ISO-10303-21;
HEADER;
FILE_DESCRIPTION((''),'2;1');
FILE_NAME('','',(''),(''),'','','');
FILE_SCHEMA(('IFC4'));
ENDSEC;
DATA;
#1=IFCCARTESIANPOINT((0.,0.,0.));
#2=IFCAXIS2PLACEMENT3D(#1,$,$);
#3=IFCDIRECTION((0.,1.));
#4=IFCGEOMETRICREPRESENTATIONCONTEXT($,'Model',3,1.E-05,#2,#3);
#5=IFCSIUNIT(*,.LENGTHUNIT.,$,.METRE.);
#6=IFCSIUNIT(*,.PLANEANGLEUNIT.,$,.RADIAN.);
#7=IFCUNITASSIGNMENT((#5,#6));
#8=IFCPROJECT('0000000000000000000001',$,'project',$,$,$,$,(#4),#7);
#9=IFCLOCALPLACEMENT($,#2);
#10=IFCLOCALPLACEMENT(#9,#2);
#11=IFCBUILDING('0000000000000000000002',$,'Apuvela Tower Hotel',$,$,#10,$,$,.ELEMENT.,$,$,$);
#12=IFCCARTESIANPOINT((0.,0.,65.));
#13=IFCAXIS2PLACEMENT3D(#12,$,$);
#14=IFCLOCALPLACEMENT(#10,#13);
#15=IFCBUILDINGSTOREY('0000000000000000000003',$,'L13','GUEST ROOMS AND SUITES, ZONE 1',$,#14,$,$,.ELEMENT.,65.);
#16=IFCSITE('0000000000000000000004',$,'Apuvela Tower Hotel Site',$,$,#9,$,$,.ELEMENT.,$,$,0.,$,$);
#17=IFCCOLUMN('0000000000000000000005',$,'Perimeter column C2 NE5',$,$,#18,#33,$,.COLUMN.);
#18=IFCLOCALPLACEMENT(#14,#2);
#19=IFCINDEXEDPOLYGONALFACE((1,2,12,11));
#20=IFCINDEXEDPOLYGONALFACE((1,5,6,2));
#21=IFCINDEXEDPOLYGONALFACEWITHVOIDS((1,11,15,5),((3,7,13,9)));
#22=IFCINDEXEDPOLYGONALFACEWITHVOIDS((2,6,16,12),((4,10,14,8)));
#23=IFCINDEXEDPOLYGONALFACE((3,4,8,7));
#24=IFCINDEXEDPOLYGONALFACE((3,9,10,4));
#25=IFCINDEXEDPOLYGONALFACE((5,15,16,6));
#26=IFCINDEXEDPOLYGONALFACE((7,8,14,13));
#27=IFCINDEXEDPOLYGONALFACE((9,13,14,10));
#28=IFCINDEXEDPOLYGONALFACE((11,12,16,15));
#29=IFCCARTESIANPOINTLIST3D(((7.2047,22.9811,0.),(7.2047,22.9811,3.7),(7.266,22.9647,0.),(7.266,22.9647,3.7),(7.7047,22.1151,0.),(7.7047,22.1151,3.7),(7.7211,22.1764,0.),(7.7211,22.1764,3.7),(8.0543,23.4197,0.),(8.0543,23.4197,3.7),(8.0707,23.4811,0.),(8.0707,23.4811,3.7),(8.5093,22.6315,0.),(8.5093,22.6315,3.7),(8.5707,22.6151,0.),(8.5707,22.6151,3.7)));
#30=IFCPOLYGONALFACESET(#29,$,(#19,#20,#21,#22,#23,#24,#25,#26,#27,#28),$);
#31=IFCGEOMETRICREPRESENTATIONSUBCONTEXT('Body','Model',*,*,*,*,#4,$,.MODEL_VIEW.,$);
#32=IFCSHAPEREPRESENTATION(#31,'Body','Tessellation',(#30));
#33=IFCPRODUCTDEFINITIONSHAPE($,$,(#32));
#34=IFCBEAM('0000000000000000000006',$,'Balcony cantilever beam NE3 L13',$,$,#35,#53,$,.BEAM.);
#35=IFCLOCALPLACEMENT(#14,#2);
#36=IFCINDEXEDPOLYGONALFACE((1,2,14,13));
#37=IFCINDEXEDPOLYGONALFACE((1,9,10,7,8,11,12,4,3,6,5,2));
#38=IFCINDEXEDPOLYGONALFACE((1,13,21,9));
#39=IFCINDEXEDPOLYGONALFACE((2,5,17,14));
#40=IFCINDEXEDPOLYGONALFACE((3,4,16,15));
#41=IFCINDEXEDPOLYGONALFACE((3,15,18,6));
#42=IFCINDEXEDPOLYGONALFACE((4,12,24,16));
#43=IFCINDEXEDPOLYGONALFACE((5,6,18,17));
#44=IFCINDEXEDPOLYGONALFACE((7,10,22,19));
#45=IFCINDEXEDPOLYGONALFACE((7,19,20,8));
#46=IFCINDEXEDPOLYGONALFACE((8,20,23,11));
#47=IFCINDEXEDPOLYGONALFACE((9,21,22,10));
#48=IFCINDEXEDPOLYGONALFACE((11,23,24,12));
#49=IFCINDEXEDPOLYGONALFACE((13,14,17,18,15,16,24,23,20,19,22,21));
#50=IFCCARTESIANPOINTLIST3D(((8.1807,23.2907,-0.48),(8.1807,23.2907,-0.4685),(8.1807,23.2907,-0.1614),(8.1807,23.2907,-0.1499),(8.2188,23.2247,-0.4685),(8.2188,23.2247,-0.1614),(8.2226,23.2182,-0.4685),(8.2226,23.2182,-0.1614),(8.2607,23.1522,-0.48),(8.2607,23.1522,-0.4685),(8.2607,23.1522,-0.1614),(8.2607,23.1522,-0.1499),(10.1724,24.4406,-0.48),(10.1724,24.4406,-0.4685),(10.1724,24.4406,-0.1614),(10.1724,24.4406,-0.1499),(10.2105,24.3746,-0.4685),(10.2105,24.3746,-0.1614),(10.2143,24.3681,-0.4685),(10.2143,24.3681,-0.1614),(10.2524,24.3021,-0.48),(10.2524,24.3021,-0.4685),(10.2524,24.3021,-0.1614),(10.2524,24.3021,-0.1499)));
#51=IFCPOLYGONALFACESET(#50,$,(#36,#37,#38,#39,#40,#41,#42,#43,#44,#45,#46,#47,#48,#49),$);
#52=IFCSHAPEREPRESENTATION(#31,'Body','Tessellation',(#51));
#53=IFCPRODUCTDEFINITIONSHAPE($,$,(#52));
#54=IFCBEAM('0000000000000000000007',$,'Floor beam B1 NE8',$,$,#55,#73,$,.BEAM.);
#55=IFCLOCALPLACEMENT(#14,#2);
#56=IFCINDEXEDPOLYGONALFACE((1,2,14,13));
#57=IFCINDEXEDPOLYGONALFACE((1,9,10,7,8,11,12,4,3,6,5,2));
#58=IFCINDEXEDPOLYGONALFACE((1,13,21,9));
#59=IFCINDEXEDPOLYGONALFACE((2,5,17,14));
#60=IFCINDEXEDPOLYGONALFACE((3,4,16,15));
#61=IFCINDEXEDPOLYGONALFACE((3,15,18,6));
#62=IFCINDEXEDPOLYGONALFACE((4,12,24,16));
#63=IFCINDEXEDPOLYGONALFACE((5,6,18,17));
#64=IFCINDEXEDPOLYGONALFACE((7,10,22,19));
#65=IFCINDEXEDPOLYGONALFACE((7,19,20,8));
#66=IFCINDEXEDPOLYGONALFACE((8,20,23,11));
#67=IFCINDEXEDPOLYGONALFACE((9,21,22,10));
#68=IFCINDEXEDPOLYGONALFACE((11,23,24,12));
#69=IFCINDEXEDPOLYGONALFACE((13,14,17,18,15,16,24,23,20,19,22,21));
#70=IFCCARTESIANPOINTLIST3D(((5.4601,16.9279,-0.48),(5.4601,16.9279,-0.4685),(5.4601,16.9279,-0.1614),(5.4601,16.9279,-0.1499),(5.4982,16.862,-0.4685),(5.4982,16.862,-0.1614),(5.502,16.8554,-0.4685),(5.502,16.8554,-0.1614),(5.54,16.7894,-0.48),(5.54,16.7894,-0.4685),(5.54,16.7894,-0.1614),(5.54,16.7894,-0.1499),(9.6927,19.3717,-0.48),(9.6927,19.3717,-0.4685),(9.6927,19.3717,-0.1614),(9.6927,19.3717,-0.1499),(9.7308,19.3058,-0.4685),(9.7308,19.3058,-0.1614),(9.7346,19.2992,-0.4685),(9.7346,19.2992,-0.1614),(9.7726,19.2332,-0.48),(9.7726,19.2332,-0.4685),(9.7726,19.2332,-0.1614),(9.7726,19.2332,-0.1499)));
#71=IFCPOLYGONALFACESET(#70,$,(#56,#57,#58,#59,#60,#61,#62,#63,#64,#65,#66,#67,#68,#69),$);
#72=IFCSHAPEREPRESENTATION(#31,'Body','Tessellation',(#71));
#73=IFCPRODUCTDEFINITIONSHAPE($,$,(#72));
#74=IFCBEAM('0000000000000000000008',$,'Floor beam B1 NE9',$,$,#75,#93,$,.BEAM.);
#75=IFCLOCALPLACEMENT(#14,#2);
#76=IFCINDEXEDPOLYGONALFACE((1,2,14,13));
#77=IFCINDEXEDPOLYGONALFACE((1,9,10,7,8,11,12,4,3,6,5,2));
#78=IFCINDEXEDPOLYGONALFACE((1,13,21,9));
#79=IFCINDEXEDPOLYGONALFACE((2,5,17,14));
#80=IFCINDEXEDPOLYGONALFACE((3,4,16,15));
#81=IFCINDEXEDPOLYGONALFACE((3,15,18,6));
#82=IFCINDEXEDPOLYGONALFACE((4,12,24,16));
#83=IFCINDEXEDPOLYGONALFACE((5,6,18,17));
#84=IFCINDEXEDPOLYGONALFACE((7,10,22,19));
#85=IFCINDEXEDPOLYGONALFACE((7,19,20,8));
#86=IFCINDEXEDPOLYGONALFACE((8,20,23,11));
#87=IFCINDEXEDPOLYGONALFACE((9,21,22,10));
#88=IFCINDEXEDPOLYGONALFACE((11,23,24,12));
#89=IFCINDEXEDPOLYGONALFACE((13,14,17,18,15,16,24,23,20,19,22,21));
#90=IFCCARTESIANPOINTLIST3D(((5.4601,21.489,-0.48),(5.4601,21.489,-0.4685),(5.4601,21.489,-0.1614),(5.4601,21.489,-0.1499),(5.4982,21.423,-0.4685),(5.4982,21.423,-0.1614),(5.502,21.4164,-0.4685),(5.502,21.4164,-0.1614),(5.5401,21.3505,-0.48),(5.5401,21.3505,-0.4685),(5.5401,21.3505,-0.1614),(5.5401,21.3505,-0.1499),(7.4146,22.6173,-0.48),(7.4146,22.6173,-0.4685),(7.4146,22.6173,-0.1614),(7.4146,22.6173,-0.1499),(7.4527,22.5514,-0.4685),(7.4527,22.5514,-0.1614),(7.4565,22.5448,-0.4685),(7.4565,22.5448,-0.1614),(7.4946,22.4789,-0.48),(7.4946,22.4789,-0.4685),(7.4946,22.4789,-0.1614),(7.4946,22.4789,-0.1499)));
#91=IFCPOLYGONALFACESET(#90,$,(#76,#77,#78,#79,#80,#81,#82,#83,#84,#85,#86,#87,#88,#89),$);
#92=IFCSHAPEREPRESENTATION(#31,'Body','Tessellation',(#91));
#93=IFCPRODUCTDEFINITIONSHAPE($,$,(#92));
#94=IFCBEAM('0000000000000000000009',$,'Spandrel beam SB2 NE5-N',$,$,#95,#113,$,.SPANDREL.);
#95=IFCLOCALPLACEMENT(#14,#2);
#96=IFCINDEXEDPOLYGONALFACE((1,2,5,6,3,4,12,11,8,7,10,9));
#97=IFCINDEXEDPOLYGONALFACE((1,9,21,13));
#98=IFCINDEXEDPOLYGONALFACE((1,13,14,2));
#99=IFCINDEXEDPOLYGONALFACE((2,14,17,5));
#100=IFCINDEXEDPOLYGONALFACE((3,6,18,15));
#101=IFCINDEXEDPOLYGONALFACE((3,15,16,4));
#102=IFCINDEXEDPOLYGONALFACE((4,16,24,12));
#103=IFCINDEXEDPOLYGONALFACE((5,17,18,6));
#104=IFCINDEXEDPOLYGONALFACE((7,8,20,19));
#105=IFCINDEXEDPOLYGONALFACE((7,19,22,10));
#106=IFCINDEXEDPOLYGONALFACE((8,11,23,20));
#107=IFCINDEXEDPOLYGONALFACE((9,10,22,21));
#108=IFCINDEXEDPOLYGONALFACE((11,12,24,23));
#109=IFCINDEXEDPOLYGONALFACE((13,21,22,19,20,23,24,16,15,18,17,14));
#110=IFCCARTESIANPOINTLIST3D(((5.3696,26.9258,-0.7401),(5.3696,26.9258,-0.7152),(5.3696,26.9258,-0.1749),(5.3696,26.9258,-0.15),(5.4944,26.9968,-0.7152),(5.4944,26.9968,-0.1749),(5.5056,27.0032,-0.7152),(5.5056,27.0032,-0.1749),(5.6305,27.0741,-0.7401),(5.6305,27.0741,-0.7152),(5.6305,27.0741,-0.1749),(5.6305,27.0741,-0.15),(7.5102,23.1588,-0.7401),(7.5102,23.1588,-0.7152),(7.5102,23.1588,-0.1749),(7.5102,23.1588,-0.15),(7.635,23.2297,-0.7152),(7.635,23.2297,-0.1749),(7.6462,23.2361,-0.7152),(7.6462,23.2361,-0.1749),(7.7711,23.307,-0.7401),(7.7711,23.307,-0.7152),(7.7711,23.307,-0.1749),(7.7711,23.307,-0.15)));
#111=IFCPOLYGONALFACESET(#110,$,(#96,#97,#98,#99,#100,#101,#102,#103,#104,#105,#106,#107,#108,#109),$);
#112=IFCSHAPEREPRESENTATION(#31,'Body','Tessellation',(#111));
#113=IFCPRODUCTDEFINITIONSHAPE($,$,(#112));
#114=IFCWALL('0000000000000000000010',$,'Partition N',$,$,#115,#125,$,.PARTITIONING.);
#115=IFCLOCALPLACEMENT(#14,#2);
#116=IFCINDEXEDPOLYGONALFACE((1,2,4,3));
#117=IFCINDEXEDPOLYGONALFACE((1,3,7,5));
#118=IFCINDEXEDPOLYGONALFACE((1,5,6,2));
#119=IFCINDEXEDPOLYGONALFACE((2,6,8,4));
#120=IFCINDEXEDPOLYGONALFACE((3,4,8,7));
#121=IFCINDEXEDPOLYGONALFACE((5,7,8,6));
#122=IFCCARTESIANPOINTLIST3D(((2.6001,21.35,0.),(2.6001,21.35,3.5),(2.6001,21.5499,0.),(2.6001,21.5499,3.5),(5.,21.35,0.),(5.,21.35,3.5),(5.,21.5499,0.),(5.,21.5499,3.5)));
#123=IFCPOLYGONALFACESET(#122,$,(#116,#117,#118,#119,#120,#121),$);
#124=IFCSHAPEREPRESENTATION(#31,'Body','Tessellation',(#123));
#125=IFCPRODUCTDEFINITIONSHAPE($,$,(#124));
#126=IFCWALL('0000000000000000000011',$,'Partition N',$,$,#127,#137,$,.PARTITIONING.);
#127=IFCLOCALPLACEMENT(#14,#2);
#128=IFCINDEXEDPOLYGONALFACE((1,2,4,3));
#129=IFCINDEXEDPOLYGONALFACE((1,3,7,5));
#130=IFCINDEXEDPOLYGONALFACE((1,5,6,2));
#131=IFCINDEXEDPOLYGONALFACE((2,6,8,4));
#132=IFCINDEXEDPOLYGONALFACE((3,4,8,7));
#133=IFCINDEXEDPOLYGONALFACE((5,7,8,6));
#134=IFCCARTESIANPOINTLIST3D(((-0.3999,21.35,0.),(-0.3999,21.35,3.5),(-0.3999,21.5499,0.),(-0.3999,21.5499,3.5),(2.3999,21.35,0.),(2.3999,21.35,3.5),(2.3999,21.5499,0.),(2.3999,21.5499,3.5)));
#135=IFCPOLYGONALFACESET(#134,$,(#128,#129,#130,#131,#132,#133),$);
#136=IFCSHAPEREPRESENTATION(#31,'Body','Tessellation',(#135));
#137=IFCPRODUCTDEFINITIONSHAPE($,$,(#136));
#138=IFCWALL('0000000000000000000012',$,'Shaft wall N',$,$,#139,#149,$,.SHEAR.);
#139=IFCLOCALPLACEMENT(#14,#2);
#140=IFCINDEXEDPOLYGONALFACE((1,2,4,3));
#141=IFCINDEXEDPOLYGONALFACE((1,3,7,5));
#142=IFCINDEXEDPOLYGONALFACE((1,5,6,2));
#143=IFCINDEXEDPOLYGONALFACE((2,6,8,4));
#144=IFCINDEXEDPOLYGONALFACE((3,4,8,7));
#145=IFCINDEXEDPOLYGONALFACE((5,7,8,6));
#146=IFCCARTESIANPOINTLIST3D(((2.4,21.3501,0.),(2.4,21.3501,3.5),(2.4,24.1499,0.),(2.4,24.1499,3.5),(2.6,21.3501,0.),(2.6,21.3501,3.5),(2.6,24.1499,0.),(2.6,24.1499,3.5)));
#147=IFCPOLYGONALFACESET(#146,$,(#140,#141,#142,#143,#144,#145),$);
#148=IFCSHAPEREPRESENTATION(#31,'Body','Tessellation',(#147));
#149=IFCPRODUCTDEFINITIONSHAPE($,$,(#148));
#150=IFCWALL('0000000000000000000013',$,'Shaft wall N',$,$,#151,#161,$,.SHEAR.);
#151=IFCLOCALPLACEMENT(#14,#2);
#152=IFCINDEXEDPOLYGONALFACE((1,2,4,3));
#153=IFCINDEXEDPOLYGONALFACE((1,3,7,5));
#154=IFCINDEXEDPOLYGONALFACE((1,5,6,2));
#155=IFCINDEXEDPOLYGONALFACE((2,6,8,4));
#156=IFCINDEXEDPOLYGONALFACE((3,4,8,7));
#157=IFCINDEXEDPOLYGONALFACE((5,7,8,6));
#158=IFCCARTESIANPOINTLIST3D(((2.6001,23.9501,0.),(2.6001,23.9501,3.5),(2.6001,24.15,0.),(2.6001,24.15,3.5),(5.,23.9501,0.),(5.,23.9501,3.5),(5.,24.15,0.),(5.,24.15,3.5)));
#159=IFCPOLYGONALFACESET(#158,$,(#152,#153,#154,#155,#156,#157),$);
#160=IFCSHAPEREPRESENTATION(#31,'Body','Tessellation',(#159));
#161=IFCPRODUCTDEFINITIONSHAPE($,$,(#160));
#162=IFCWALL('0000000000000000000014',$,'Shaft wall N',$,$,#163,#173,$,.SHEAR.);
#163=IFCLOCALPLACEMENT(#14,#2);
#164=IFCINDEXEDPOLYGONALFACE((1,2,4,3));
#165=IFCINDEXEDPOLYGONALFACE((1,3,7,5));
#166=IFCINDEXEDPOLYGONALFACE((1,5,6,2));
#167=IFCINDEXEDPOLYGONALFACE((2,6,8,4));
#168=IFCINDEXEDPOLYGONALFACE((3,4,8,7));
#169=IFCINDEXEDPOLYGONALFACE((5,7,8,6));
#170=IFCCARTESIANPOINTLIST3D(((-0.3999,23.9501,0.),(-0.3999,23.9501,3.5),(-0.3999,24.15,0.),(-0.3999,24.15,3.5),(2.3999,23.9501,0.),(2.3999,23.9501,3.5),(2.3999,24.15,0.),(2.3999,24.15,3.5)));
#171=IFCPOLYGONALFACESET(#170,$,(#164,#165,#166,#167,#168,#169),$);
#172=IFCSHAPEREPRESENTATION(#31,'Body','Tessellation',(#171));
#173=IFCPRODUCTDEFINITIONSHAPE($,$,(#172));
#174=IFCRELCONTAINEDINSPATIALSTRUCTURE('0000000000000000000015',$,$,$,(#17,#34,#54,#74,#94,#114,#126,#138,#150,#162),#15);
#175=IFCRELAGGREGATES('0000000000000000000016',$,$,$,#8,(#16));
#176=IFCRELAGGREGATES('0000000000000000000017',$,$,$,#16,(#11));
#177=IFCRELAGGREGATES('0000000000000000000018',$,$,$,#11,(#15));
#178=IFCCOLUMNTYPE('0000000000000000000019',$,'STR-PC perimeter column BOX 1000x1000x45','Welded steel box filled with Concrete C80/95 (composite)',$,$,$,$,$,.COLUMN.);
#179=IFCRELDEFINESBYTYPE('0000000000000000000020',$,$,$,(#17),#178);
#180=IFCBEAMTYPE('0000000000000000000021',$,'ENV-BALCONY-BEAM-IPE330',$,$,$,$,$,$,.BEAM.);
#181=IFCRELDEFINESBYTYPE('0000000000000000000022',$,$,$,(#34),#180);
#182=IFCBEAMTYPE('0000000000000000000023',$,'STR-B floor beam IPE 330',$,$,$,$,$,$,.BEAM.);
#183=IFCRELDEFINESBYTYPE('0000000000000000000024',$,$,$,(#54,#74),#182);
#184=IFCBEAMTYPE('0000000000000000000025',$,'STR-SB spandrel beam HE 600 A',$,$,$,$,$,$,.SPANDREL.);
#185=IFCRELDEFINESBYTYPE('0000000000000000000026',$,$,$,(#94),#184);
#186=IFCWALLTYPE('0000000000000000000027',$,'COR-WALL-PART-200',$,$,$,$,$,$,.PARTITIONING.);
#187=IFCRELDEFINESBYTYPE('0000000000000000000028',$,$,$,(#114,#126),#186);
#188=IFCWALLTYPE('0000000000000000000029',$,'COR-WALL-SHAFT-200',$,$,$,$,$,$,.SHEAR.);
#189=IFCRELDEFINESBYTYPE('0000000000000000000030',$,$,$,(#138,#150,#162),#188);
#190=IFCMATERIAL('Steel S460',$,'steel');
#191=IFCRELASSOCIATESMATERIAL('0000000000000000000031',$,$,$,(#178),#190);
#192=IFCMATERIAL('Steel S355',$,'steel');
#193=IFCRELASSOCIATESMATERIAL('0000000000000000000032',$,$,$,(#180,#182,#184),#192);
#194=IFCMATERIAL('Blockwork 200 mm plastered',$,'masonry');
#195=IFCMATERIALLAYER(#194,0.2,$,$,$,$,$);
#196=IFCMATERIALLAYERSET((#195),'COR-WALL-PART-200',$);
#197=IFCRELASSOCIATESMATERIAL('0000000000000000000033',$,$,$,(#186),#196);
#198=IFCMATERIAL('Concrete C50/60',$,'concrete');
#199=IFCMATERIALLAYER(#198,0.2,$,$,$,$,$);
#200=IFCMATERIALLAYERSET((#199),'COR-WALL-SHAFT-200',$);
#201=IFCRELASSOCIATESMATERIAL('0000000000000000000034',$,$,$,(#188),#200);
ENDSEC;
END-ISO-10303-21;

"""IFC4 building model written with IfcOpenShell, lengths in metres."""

from ifc_helpers import new_model, si_unit, direction, frame, frame_2d, origin, origin_2d, place, context, subcontext, project, spatial, rectangle, hollow_rectangle, i_section, extrude, material, layer, layer_set, material_profile, profile_set, type_object, element, save


model = new_model("IFC4")

# Units and contexts
model_context = context("Model", 3, precision=1e-05, world=origin(), true_north=direction((0.0, 1.0)))
body_context = subcontext(model_context, "Body", "Model", "MODEL_VIEW")
ifc_project = project(units=[si_unit("LENGTHUNIT", "METRE"), si_unit("PLANEANGLEUNIT", "RADIAN")], contexts=[model_context])

# Site, building, storey
site_placement = place(None, origin())
site = spatial("IfcSite", under=ifc_project, at=site_placement, Name="Apuvela Tower Hotel Site", CompositionType="ELEMENT", RefElevation=0.0)
building_placement = place(site_placement, origin())
building = spatial("IfcBuilding", under=site, at=building_placement, Name="Apuvela Tower Hotel", CompositionType="ELEMENT")
storey_placement = place(building_placement, frame((0.0, 0.0, 65.0)))
storey = spatial("IfcBuildingStorey", under=building, at=storey_placement, Name="L13", Description="GUEST ROOMS AND SUITES, ZONE 1", CompositionType="ELEMENT", Elevation=65.0)

# Column
ifc_material_1 = material(Name="Steel S460", Category="steel")
ifc_material_profile_1 = material_profile(ifc_material_1, hollow_rectangle(XDim=1.0, YDim=1.0, WallThickness=0.0449, at=origin_2d()), Name="BOX 1000x1000x45")
ifc_material_2 = material(Name="Concrete C80/95", Category="concrete")
ifc_material_profile_2 = material_profile(ifc_material_2, rectangle(XDim=0.9099, YDim=0.9099, at=origin_2d()), Name="Concrete C80/95 infill")
ifc_profile_set_1 = profile_set([ifc_material_profile_1, ifc_material_profile_2], Name="Steel S460")
column_type = type_object("IfcColumnType", Name="STR-PC perimeter column BOX 1000x1000x45", Description="Welded steel box filled with Concrete C80/95 (composite)", PredefinedType="COLUMN", material=ifc_profile_set_1)
column_placement = place(storey_placement, frame((7.8877, 22.7981, 0.0), z_axis=(0.0, 0.0, 1.0), x_axis=(-0.5, 0.866025, 0.0)))
element("IfcColumn", 1, at=column_placement, inside=storey, type_object=column_type, Name="Perimeter column C2 NE5", PredefinedType="COLUMN", context=body_context, shape_type="SweptSolid", body=[
    extrude(hollow_rectangle(XDim=1.0, YDim=1.0, WallThickness=0.0449, at=origin_2d()), origin(), (0.0, 0.0, 1.0), 3.7),
])

# Beams
ifc_material_3 = material(Name="Steel S355", Category="steel")
ifc_material_profile_3 = material_profile(ifc_material_3, i_section(OverallWidth=0.1599, OverallDepth=0.3301, WebThickness=0.0076, FlangeThickness=0.0115, at=origin_2d()), Name="IPE 330")
ifc_profile_set_2 = profile_set([ifc_material_profile_3], Name="Steel S355")
beam_type_1 = type_object("IfcBeamType", Name="ENV-BALCONY-BEAM-IPE330", PredefinedType="BEAM", material=ifc_profile_set_2)
beam_1_placement = place(storey_placement, frame((8.2207, 23.2214, -0.3149), z_axis=(0.866026, 0.499998, 0.0), x_axis=(-0.499998, 0.866026, 0.0)))
element("IfcBeam", 2, at=beam_1_placement, inside=storey, type_object=beam_type_1, Name="Balcony cantilever beam NE3 L13", PredefinedType="BEAM", context=body_context, shape_type="SweptSolid", body=[
    extrude(i_section(OverallWidth=0.1599, OverallDepth=0.3301, WebThickness=0.0076, FlangeThickness=0.0115, at=origin_2d()), origin(), (0.0, 0.0, 1.0), 2.2998),
])
ifc_material_profile_4 = material_profile(ifc_material_3, i_section(OverallWidth=0.1599, OverallDepth=0.3301, WebThickness=0.0076, FlangeThickness=0.0115, at=origin_2d()), Name="IPE 330")
ifc_profile_set_3 = profile_set([ifc_material_profile_4], Name="Steel S355")
beam_type_2 = type_object("IfcBeamType", Name="STR-B floor beam IPE 330", PredefinedType="BEAM", material=ifc_profile_set_3)
beam_2_placement = place(storey_placement, frame((9.7327, 19.3025, -0.3149), z_axis=(-0.866015, -0.500018, 0.0), x_axis=(0.500018, -0.866015, 0.0)))
element("IfcBeam", 3, at=beam_2_placement, inside=storey, type_object=beam_type_2, Name="Floor beam B1 NE8", PredefinedType="BEAM", context=body_context, shape_type="SweptSolid", body=[
    extrude(i_section(OverallWidth=0.1599, OverallDepth=0.3301, WebThickness=0.0076, FlangeThickness=0.0115, at=origin_2d()), origin(), (0.0, 0.0, 1.0), 4.8875),
])
beam_3_placement = place(storey_placement, frame((7.4546, 22.5481, -0.3149), z_axis=(-0.866038, -0.499978, 0.0), x_axis=(0.499978, -0.866038, 0.0)))
element("IfcBeam", 4, at=beam_3_placement, inside=storey, type_object=beam_type_2, Name="Floor beam B1 NE9", PredefinedType="BEAM", context=body_context, shape_type="SweptSolid", body=[
    extrude(i_section(OverallWidth=0.1599, OverallDepth=0.3301, WebThickness=0.0076, FlangeThickness=0.0115, at=origin_2d()), origin(), (0.0, 0.0, 1.0), 2.2568),
])
ifc_material_profile_5 = material_profile(ifc_material_3, i_section(OverallWidth=0.3, OverallDepth=0.5901, WebThickness=0.0129, FlangeThickness=0.0249, at=origin_2d()), Name="HE 600 A")
ifc_profile_set_4 = profile_set([ifc_material_profile_5], Name="Steel S355")
beam_type_3 = type_object("IfcBeamType", Name="STR-SB spandrel beam HE 600 A", PredefinedType="SPANDREL", material=ifc_profile_set_4)
beam_4_placement = place(storey_placement, frame((7.6406, 23.2329, -0.4451), z_axis=(-0.49405, 0.869433, 0.0), x_axis=(-0.869433, -0.49405, 0.0)))
element("IfcBeam", 5, at=beam_4_placement, inside=storey, type_object=beam_type_3, Name="Spandrel beam SB2 NE5-N", PredefinedType="SPANDREL", context=body_context, shape_type="SweptSolid", body=[
    extrude(i_section(OverallWidth=0.3, OverallDepth=0.5901, WebThickness=0.0129, FlangeThickness=0.0249, at=origin_2d()), origin(), (0.0, 0.0, 1.0), 4.3328),
])

# Walls
ifc_material_4 = material(Name="Blockwork 200 mm plastered", Category="masonry")
ifc_layer_1 = layer(ifc_material_4, 0.2)
ifc_layer_set_1 = layer_set([ifc_layer_1], Name="COR-WALL-PART-200")
wall_type_1 = type_object("IfcWallType", Name="COR-WALL-PART-200", PredefinedType="PARTITIONING", material=ifc_layer_set_1)
wall_1_placement = place(storey_placement, frame((5.0, 21.45, 0.0), z_axis=(0.0, 0.0, 1.0), x_axis=(-1.0, 0.0, 0.0)))
element("IfcWall", 6, at=wall_1_placement, inside=storey, type_object=wall_type_1, Name="Partition N", PredefinedType="PARTITIONING", context=body_context, shape_type="SweptSolid", body=[
    extrude(rectangle(XDim=2.3999, YDim=0.2, at=frame_2d((1.2, 0.0))), origin(), (0.0, 0.0, 1.0), 3.5),
])
wall_2_placement = place(storey_placement, frame((2.3999, 21.45, 0.0), z_axis=(0.0, 0.0, 1.0), x_axis=(-1.0, 0.0, 0.0)))
element("IfcWall", 7, at=wall_2_placement, inside=storey, type_object=wall_type_1, Name="Partition N", PredefinedType="PARTITIONING", context=body_context, shape_type="SweptSolid", body=[
    extrude(rectangle(XDim=2.7998, YDim=0.2, at=frame_2d((1.3999, 0.0))), origin(), (0.0, 0.0, 1.0), 3.5),
])
ifc_material_5 = material(Name="Concrete C50/60", Category="concrete")
ifc_layer_2 = layer(ifc_material_5, 0.2)
ifc_layer_set_2 = layer_set([ifc_layer_2], Name="COR-WALL-SHAFT-200")
wall_type_2 = type_object("IfcWallType", Name="COR-WALL-SHAFT-200", PredefinedType="SHEAR", material=ifc_layer_set_2)
wall_3_placement = place(storey_placement, frame((2.5, 21.3501, 0.0), z_axis=(0.0, 0.0, 1.0), x_axis=(0.0, 1.0, 0.0)))
element("IfcWall", 8, at=wall_3_placement, inside=storey, type_object=wall_type_2, Name="Shaft wall N", PredefinedType="SHEAR", context=body_context, shape_type="SweptSolid", body=[
    extrude(rectangle(XDim=2.7998, YDim=0.2, at=frame_2d((1.3999, 0.0))), origin(), (0.0, 0.0, 1.0), 3.5),
])
wall_4_placement = place(storey_placement, frame((5.0, 24.05, 0.0), z_axis=(0.0, 0.0, 1.0), x_axis=(-1.0, 0.0, 0.0)))
element("IfcWall", 9, at=wall_4_placement, inside=storey, type_object=wall_type_2, Name="Shaft wall N", PredefinedType="SHEAR", context=body_context, shape_type="SweptSolid", body=[
    extrude(rectangle(XDim=2.3999, YDim=0.2, at=frame_2d((1.2, 0.0))), origin(), (0.0, 0.0, 1.0), 3.5),
])
wall_5_placement = place(storey_placement, frame((2.3999, 24.05, 0.0), z_axis=(0.0, 0.0, 1.0), x_axis=(-1.0, 0.0, 0.0)))
element("IfcWall", 10, at=wall_5_placement, inside=storey, type_object=wall_type_2, Name="Shaft wall N", PredefinedType="SHEAR", context=body_context, shape_type="SweptSolid", body=[
    extrude(rectangle(XDim=2.7998, YDim=0.2, at=frame_2d((1.3999, 0.0))), origin(), (0.0, 0.0, 1.0), 3.5),
])

save(model, "model.ifc")
